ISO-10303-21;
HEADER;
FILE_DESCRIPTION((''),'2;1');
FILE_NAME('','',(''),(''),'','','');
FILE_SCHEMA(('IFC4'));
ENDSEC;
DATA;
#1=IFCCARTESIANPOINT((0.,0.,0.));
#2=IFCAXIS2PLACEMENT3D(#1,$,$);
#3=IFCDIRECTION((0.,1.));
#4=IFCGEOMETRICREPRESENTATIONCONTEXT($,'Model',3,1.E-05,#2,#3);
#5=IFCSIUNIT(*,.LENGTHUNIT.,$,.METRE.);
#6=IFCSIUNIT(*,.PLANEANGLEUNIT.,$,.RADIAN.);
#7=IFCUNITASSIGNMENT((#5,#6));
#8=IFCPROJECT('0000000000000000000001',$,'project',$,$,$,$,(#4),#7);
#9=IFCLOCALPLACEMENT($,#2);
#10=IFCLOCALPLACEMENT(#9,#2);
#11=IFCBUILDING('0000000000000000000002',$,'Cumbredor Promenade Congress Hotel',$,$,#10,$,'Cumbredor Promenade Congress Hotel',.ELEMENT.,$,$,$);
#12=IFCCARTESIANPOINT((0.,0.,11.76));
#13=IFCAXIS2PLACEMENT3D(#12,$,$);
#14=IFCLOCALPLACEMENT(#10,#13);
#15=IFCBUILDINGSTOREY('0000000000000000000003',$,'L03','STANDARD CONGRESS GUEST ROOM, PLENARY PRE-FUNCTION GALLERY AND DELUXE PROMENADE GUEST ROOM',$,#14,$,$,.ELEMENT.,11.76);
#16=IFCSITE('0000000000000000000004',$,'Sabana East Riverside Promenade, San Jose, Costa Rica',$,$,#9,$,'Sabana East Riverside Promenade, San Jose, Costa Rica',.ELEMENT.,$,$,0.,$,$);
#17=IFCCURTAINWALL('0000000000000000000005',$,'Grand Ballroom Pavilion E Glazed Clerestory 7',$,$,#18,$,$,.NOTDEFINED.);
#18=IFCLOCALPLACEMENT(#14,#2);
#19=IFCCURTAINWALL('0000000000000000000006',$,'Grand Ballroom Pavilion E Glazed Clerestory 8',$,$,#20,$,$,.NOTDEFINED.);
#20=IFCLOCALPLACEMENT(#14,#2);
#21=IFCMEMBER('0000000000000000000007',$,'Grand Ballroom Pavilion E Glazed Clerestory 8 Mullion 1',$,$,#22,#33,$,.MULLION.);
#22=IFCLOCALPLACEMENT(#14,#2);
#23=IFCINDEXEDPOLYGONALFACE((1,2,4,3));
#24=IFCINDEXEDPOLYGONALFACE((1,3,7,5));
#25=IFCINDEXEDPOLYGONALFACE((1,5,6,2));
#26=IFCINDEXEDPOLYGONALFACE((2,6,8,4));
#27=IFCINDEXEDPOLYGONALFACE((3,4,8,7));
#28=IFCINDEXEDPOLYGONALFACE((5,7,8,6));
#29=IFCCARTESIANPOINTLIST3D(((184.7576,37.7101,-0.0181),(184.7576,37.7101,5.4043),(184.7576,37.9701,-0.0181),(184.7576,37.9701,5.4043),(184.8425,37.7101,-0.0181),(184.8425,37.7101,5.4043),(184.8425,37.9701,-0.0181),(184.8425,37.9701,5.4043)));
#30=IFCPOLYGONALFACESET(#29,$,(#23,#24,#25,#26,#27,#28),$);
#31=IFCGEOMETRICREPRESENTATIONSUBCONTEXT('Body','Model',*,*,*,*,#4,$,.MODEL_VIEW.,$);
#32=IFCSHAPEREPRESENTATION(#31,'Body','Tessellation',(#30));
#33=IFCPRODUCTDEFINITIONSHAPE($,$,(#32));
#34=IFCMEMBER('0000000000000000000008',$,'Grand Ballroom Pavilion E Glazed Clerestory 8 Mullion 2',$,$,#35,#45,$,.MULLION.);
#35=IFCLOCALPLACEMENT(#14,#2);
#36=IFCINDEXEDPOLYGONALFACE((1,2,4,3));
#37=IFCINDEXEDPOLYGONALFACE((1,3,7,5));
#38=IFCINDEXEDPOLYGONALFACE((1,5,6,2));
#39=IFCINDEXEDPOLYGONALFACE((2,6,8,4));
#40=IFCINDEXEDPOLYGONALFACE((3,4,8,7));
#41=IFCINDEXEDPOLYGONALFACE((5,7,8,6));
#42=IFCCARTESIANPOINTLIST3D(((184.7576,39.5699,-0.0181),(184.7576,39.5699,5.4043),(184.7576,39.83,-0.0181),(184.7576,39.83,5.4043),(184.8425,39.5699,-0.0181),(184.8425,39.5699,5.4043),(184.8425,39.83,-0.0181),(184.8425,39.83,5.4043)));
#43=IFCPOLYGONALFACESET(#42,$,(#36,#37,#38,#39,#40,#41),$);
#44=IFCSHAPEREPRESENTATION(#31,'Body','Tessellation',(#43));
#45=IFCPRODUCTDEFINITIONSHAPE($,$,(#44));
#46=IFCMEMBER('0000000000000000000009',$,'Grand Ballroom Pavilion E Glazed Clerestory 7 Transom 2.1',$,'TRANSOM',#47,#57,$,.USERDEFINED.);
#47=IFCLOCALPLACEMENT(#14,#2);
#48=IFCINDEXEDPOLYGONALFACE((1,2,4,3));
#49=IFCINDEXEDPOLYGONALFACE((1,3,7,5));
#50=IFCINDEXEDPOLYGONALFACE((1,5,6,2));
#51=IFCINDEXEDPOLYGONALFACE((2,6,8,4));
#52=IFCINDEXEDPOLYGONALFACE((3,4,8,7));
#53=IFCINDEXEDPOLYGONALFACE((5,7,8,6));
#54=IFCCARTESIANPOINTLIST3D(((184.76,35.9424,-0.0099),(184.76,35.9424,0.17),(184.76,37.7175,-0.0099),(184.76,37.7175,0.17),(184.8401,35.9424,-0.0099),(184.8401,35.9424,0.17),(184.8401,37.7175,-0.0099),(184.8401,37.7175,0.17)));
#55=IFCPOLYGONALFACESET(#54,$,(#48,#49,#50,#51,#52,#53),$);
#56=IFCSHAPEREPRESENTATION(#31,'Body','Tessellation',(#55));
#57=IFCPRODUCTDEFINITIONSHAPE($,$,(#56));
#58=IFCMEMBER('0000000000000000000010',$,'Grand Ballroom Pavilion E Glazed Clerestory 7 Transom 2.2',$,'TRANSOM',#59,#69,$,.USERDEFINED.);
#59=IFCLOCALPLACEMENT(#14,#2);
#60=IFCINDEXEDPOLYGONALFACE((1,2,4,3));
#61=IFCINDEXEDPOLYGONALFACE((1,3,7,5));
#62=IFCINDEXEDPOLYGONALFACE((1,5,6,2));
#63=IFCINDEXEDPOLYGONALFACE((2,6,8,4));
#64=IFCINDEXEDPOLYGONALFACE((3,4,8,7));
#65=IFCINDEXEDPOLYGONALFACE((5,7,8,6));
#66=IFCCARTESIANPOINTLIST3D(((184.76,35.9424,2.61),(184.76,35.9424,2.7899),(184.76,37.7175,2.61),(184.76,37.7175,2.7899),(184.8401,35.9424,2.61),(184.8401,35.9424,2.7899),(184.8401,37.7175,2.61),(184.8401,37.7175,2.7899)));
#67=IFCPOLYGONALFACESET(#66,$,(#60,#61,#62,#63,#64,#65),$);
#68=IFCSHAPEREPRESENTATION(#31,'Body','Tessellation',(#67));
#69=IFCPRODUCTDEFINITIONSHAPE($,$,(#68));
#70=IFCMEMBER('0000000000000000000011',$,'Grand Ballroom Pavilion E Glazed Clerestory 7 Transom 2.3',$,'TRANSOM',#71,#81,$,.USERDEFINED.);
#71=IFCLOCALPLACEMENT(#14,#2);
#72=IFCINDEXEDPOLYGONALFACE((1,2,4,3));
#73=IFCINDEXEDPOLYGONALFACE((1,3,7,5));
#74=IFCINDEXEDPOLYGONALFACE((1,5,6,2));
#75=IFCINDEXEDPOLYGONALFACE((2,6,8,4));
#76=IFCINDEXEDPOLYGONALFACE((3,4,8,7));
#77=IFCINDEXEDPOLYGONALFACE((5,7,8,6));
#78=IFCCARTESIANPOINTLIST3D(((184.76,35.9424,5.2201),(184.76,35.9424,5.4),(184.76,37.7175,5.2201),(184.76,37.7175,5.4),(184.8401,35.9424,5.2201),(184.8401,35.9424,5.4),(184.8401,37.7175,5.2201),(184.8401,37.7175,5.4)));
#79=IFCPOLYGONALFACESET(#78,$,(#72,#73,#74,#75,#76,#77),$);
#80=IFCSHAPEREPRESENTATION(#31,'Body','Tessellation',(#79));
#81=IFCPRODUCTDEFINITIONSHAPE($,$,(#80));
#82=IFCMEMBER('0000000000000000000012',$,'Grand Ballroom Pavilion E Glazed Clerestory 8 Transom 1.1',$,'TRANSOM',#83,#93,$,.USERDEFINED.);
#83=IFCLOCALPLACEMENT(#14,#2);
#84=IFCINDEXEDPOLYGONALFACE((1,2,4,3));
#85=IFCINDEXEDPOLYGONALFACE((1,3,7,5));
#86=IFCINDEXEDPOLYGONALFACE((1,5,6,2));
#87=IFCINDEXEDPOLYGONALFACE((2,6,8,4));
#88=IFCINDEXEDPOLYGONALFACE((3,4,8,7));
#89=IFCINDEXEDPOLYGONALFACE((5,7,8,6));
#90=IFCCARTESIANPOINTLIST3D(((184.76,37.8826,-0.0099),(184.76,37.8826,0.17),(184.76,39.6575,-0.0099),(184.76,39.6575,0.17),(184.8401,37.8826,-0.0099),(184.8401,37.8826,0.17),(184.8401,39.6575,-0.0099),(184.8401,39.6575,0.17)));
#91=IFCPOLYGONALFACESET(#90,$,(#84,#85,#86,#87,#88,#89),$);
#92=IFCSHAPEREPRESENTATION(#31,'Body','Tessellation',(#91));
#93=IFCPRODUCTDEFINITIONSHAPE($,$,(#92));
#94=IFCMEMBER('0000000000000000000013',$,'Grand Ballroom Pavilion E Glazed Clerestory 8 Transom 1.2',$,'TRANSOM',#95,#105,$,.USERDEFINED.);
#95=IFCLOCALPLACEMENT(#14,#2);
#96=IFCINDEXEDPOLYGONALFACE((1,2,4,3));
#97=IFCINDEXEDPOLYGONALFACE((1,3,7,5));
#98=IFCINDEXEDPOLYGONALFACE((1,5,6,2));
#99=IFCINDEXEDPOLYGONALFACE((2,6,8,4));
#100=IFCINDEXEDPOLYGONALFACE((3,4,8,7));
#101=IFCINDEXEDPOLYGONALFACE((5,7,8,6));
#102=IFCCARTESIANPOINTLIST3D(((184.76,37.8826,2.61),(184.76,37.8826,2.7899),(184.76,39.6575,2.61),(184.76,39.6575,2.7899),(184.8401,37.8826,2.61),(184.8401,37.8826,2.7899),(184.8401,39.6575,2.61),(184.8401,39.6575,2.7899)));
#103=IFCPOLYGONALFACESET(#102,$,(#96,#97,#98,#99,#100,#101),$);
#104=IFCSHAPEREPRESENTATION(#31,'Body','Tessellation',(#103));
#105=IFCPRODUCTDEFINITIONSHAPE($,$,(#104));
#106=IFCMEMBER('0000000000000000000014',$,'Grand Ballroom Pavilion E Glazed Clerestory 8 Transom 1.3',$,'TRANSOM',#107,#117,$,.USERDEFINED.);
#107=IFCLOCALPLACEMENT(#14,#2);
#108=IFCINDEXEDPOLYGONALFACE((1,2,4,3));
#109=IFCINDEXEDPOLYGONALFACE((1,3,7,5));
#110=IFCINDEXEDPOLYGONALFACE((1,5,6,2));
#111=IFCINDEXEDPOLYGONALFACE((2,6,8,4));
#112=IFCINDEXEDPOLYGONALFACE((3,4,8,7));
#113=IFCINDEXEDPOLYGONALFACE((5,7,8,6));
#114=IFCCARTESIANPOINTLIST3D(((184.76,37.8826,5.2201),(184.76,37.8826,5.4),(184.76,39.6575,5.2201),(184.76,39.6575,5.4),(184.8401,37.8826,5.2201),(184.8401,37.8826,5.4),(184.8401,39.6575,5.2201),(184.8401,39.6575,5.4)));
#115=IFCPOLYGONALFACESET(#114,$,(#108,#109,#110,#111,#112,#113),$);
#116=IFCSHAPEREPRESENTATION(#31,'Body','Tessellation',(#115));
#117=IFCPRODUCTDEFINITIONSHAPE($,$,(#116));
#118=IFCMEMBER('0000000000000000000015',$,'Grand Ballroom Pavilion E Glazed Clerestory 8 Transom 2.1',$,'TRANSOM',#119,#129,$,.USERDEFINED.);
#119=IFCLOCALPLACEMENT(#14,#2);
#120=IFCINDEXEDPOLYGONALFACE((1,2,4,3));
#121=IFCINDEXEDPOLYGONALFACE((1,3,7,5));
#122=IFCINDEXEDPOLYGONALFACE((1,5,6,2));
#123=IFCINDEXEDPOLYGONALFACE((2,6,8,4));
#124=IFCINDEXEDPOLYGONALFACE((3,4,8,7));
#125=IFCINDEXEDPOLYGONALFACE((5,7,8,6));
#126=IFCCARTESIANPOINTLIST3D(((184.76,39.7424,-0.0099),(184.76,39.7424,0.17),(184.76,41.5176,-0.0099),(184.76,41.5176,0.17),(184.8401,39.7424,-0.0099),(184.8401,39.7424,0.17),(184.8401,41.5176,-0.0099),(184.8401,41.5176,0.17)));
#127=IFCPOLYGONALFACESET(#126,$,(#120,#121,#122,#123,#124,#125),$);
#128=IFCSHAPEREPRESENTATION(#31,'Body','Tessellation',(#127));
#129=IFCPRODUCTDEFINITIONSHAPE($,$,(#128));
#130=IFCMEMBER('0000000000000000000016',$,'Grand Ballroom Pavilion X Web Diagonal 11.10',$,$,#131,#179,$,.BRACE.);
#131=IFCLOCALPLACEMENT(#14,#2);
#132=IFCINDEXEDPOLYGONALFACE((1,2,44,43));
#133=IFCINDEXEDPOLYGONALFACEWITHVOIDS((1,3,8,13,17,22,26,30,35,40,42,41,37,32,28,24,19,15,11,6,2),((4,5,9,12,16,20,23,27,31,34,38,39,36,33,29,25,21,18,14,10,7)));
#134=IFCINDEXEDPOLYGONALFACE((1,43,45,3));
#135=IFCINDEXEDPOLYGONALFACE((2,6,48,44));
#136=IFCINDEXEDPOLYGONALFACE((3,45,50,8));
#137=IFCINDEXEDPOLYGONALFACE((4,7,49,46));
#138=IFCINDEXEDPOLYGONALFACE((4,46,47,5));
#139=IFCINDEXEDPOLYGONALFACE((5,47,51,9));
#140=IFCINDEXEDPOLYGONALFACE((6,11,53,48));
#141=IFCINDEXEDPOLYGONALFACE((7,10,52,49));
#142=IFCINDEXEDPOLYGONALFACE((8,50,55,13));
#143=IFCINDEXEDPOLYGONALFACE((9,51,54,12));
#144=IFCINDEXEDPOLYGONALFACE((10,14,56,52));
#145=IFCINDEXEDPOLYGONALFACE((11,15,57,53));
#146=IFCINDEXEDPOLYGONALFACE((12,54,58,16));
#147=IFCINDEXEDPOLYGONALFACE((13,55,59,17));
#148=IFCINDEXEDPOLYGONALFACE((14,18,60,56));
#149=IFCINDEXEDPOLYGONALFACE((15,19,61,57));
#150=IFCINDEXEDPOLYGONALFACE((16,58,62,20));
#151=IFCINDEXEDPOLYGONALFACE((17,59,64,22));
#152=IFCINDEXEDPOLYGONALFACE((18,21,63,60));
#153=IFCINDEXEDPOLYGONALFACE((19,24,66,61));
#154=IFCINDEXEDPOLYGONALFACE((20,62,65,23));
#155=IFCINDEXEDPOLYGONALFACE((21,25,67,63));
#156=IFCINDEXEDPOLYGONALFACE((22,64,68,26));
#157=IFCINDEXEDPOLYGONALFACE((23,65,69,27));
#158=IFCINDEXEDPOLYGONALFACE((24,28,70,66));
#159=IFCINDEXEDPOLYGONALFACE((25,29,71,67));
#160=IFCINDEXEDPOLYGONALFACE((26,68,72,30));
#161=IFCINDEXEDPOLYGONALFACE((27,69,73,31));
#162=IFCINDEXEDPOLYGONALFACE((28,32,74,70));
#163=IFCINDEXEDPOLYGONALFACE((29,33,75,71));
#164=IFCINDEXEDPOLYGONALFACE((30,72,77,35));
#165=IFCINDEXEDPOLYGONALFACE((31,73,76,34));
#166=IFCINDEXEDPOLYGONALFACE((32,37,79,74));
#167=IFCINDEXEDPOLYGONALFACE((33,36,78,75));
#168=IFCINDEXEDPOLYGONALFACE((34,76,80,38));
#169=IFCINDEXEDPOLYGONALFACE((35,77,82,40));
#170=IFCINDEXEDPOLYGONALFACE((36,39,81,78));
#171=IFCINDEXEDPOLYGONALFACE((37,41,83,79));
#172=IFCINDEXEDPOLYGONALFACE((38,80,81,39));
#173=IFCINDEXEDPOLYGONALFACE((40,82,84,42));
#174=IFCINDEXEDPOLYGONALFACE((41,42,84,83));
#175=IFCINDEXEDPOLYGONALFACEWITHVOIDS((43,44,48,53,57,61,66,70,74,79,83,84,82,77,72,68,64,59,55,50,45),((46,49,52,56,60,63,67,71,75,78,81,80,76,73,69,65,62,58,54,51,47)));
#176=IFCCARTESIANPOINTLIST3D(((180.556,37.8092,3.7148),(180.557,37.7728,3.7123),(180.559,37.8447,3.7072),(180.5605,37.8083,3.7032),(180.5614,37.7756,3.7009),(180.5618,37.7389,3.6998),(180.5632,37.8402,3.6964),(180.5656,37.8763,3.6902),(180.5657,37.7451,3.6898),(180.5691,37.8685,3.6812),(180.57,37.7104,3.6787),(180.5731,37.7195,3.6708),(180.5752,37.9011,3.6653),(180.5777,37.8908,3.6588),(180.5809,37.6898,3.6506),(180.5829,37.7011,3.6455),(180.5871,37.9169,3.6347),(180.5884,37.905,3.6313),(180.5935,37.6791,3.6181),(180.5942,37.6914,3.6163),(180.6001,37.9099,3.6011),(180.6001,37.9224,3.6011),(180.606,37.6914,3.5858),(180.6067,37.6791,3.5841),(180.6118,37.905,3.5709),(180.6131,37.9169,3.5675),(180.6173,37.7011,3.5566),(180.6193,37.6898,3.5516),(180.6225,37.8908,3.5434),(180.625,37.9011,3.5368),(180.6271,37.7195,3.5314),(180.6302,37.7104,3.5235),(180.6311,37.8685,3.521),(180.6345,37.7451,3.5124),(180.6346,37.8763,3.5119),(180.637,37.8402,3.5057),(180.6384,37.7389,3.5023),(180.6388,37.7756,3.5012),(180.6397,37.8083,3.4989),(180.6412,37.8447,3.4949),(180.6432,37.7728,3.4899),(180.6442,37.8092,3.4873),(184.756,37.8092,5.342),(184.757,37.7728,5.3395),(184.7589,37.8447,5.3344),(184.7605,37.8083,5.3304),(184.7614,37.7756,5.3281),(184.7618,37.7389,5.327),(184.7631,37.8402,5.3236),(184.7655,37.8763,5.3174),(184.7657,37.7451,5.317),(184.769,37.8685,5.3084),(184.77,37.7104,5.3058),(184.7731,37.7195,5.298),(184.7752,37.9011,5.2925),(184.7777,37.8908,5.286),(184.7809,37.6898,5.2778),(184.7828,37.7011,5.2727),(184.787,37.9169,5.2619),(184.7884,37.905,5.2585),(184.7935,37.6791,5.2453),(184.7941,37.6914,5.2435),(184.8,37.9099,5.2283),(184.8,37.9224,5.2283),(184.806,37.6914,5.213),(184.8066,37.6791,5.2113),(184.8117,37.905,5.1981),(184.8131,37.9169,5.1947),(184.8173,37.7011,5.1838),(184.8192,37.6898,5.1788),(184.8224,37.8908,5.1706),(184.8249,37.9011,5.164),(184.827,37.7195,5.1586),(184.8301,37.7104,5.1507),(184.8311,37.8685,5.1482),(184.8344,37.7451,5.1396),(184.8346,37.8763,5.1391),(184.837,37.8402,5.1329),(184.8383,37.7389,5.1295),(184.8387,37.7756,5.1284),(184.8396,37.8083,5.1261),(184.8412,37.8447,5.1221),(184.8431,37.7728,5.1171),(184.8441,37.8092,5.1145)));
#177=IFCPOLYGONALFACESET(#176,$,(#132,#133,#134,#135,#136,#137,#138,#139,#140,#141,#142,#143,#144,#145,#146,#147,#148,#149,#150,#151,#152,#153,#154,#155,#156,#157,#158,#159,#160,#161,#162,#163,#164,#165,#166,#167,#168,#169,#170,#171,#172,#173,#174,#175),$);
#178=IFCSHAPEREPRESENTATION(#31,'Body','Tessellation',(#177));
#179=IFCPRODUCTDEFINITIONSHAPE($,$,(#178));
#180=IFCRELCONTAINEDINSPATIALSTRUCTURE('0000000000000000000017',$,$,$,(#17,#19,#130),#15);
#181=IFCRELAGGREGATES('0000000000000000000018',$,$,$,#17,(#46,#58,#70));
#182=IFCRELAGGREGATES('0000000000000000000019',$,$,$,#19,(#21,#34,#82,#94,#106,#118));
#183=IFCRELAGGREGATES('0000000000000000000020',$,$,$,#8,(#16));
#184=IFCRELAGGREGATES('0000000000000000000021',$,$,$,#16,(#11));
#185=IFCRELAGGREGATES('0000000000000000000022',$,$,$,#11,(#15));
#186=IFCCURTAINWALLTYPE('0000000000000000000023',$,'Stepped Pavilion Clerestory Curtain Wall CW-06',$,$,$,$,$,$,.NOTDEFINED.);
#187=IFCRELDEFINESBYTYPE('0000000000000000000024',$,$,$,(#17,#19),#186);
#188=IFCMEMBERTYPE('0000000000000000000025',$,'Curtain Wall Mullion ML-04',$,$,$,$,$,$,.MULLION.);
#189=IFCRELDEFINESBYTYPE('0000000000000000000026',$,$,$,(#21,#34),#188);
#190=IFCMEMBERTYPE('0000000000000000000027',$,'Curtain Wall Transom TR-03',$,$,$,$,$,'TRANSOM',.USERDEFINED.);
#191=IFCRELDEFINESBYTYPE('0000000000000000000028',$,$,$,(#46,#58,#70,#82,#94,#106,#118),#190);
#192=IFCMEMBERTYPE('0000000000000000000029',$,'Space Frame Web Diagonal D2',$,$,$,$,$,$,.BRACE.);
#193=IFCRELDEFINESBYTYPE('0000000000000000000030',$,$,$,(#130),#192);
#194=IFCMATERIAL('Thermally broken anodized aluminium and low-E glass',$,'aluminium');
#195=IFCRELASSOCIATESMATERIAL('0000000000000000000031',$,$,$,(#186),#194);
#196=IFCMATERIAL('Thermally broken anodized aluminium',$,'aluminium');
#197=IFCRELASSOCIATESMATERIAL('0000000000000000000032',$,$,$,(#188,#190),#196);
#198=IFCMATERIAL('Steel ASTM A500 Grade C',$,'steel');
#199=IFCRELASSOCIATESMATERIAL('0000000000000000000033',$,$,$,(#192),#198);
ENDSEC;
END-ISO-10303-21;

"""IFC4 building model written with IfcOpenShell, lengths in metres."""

from ifc_helpers import new_model, si_unit, direction, frame, origin, origin_2d, place, context, subcontext, project, spatial, rectangle, hollow_circle, extrude, material, material_profile, profile_set, type_object, element, aggregate, save


model = new_model("IFC4")

# Units and contexts
model_context = context("Model", 3, precision=1e-05, world=origin(), true_north=direction((0.0, 1.0)))
body_context = subcontext(model_context, "Body", "Model", "MODEL_VIEW")
ifc_project = project(units=[si_unit("LENGTHUNIT", "METRE"), si_unit("PLANEANGLEUNIT", "RADIAN")], contexts=[model_context])

# Site, building, storey
site_placement = place(None, origin())
site = spatial("IfcSite", under=ifc_project, at=site_placement, Name="Sabana East Riverside Promenade, San Jose, Costa Rica", LongName="Sabana East Riverside Promenade, San Jose, Costa Rica", CompositionType="ELEMENT", RefElevation=0.0)
building_placement = place(site_placement, origin())
building = spatial("IfcBuilding", under=site, at=building_placement, Name="Cumbredor Promenade Congress Hotel", LongName="Cumbredor Promenade Congress Hotel", CompositionType="ELEMENT")
storey_placement = place(building_placement, frame((0.0, 0.0, 11.76)))
storey = spatial("IfcBuildingStorey", under=building, at=storey_placement, Name="L03", Description="STANDARD CONGRESS GUEST ROOM, PLENARY PRE-FUNCTION GALLERY AND DELUXE PROMENADE GUEST ROOM", CompositionType="ELEMENT", Elevation=11.76)

# Shared definitions
ifc_material_1 = material(Name="Steel ASTM A500 Grade C", Category="steel")

# Curtain walls, members
ifc_material_2 = material(Name="Thermally broken anodized aluminium and low-E glass", Category="aluminium")
curtain_wall_type = type_object("IfcCurtainWallType", Name="Stepped Pavilion Clerestory Curtain Wall CW-06", PredefinedType="NOTDEFINED", material=ifc_material_2)
curtain_wall_1_placement = place(storey_placement, origin())
curtain_wall_1 = element("IfcCurtainWall", 1, at=curtain_wall_1_placement, inside=storey, type_object=curtain_wall_type, Name="Grand Ballroom Pavilion E Glazed Clerestory 7", PredefinedType="NOTDEFINED")
ifc_material_3 = material(Name="Thermally broken anodized aluminium", Category="aluminium")
ifc_material_profile_1 = material_profile(ifc_material_3, rectangle(XDim=0.085, YDim=0.26, at=origin_2d()), Name="ALU MULLION CLERESTORY 85x260")
ifc_profile_set_1 = profile_set([ifc_material_profile_1], Name="Thermally broken anodized aluminium")
member_type_1 = type_object("IfcMemberType", Name="Curtain Wall Mullion ML-04", PredefinedType="MULLION", material=ifc_profile_set_1)
curtain_wall_2_placement = place(storey_placement, origin())
curtain_wall_2 = element("IfcCurtainWall", 2, at=curtain_wall_2_placement, inside=storey, type_object=curtain_wall_type, Name="Grand Ballroom Pavilion E Glazed Clerestory 8", PredefinedType="NOTDEFINED")
member_1_placement = place(storey_placement, frame((184.8, 37.8401, -0.0181), z_axis=(0.0, 0.0, 1.0), x_axis=(1.0, 0.0, 0.0)))
member_1 = element("IfcMember", 3, at=member_1_placement, type_object=member_type_1, Name="Grand Ballroom Pavilion E Glazed Clerestory 8 Mullion 1", PredefinedType="MULLION", context=body_context, shape_type="SweptSolid", body=[
    extrude(rectangle(XDim=0.085, YDim=0.26, at=origin_2d()), origin(), (0.0, 0.0, 1.0), 5.4224),
])
member_2_placement = place(storey_placement, frame((184.8, 39.7, -0.0181), z_axis=(0.0, 0.0, 1.0), x_axis=(1.0, 0.0, 0.0)))
member_2 = element("IfcMember", 4, at=member_2_placement, type_object=member_type_1, Name="Grand Ballroom Pavilion E Glazed Clerestory 8 Mullion 2", PredefinedType="MULLION", context=body_context, shape_type="SweptSolid", body=[
    extrude(rectangle(XDim=0.085, YDim=0.26, at=origin_2d()), origin(), (0.0, 0.0, 1.0), 5.4224),
])

# Members
ifc_material_profile_2 = material_profile(ifc_material_3, rectangle(XDim=0.0801, YDim=0.1799, at=origin_2d()), Name="ALU TRANSOM 80x180")
ifc_profile_set_2 = profile_set([ifc_material_profile_2], Name="Thermally broken anodized aluminium")
member_type_2 = type_object("IfcMemberType", Name="Curtain Wall Transom TR-03", ElementType="TRANSOM", PredefinedType="USERDEFINED", material=ifc_profile_set_2)
member_3_placement = place(storey_placement, frame((184.8, 35.9424, 0.0801), z_axis=(0.0, 1.0, 0.0), x_axis=(-1.0, 0.0, 0.0)))
member_3 = element("IfcMember", 5, at=member_3_placement, type_object=member_type_2, Name="Grand Ballroom Pavilion E Glazed Clerestory 7 Transom 2.1", ObjectType="TRANSOM", PredefinedType="USERDEFINED", context=body_context, shape_type="SweptSolid", body=[
    extrude(rectangle(XDim=0.0801, YDim=0.1799, at=origin_2d()), origin(), (0.0, 0.0, 1.0), 1.7751),
])
member_4_placement = place(storey_placement, frame((184.8, 35.9424, 2.7), z_axis=(0.0, 1.0, 0.0), x_axis=(-1.0, 0.0, 0.0)))
member_4 = element("IfcMember", 6, at=member_4_placement, type_object=member_type_2, Name="Grand Ballroom Pavilion E Glazed Clerestory 7 Transom 2.2", ObjectType="TRANSOM", PredefinedType="USERDEFINED", context=body_context, shape_type="SweptSolid", body=[
    extrude(rectangle(XDim=0.0801, YDim=0.1799, at=origin_2d()), origin(), (0.0, 0.0, 1.0), 1.7751),
])
member_5_placement = place(storey_placement, frame((184.8, 35.9424, 5.3101), z_axis=(0.0, 1.0, 0.0), x_axis=(-1.0, 0.0, 0.0)))
member_5 = element("IfcMember", 7, at=member_5_placement, type_object=member_type_2, Name="Grand Ballroom Pavilion E Glazed Clerestory 7 Transom 2.3", ObjectType="TRANSOM", PredefinedType="USERDEFINED", context=body_context, shape_type="SweptSolid", body=[
    extrude(rectangle(XDim=0.0801, YDim=0.1799, at=origin_2d()), origin(), (0.0, 0.0, 1.0), 1.7751),
])
member_6_placement = place(storey_placement, frame((184.8, 37.8826, 0.0801), z_axis=(0.0, 1.0, 0.0), x_axis=(-1.0, 0.0, 0.0)))
member_6 = element("IfcMember", 8, at=member_6_placement, type_object=member_type_2, Name="Grand Ballroom Pavilion E Glazed Clerestory 8 Transom 1.1", ObjectType="TRANSOM", PredefinedType="USERDEFINED", context=body_context, shape_type="SweptSolid", body=[
    extrude(rectangle(XDim=0.0801, YDim=0.1799, at=origin_2d()), origin(), (0.0, 0.0, 1.0), 1.7749),
])
member_7_placement = place(storey_placement, frame((184.8, 37.8826, 2.7), z_axis=(0.0, 1.0, 0.0), x_axis=(-1.0, 0.0, 0.0)))
member_7 = element("IfcMember", 9, at=member_7_placement, type_object=member_type_2, Name="Grand Ballroom Pavilion E Glazed Clerestory 8 Transom 1.2", ObjectType="TRANSOM", PredefinedType="USERDEFINED", context=body_context, shape_type="SweptSolid", body=[
    extrude(rectangle(XDim=0.0801, YDim=0.1799, at=origin_2d()), origin(), (0.0, 0.0, 1.0), 1.7749),
])
member_8_placement = place(storey_placement, frame((184.8, 37.8826, 5.3101), z_axis=(0.0, 1.0, 0.0), x_axis=(-1.0, 0.0, 0.0)))
member_8 = element("IfcMember", 10, at=member_8_placement, type_object=member_type_2, Name="Grand Ballroom Pavilion E Glazed Clerestory 8 Transom 1.3", ObjectType="TRANSOM", PredefinedType="USERDEFINED", context=body_context, shape_type="SweptSolid", body=[
    extrude(rectangle(XDim=0.0801, YDim=0.1799, at=origin_2d()), origin(), (0.0, 0.0, 1.0), 1.7749),
])
member_9_placement = place(storey_placement, frame((184.8, 39.7424, 0.0801), z_axis=(0.0, 1.0, 0.0), x_axis=(-1.0, 0.0, 0.0)))
member_9 = element("IfcMember", 11, at=member_9_placement, type_object=member_type_2, Name="Grand Ballroom Pavilion E Glazed Clerestory 8 Transom 2.1", ObjectType="TRANSOM", PredefinedType="USERDEFINED", context=body_context, shape_type="SweptSolid", body=[
    extrude(rectangle(XDim=0.0801, YDim=0.1799, at=origin_2d()), origin(), (0.0, 0.0, 1.0), 1.7751),
])

# Member
ifc_material_profile_3 = material_profile(ifc_material_1, hollow_circle(Radius=0.1223, WallThickness=0.0125, at=origin_2d()), Name="CHS 244.5x12.5")
ifc_profile_set_3 = profile_set([ifc_material_profile_3], Name="Steel ASTM A500 Grade C")
member_type_3 = type_object("IfcMemberType", Name="Space Frame Web Diagonal D2", PredefinedType="BRACE", material=ifc_profile_set_3)
member_10_placement = place(storey_placement, frame((180.6001, 37.8, 3.6011), z_axis=(0.932463, 0.0, 0.361266), x_axis=(0.0, 1.0, 0.0)))
element("IfcMember", 12, at=member_10_placement, inside=storey, type_object=member_type_3, Name="Grand Ballroom Pavilion X Web Diagonal 11.10", PredefinedType="BRACE", context=body_context, shape_type="SweptSolid", body=[
    extrude(hollow_circle(Radius=0.1223, WallThickness=0.0125, at=origin_2d()), origin(), (0.0, 0.0, 1.0), 4.5042),
])

aggregate(curtain_wall_1, [member_3, member_4, member_5])
aggregate(curtain_wall_2, [member_1, member_2, member_6, member_7, member_8, member_9])

save(model, "model.ifc")
